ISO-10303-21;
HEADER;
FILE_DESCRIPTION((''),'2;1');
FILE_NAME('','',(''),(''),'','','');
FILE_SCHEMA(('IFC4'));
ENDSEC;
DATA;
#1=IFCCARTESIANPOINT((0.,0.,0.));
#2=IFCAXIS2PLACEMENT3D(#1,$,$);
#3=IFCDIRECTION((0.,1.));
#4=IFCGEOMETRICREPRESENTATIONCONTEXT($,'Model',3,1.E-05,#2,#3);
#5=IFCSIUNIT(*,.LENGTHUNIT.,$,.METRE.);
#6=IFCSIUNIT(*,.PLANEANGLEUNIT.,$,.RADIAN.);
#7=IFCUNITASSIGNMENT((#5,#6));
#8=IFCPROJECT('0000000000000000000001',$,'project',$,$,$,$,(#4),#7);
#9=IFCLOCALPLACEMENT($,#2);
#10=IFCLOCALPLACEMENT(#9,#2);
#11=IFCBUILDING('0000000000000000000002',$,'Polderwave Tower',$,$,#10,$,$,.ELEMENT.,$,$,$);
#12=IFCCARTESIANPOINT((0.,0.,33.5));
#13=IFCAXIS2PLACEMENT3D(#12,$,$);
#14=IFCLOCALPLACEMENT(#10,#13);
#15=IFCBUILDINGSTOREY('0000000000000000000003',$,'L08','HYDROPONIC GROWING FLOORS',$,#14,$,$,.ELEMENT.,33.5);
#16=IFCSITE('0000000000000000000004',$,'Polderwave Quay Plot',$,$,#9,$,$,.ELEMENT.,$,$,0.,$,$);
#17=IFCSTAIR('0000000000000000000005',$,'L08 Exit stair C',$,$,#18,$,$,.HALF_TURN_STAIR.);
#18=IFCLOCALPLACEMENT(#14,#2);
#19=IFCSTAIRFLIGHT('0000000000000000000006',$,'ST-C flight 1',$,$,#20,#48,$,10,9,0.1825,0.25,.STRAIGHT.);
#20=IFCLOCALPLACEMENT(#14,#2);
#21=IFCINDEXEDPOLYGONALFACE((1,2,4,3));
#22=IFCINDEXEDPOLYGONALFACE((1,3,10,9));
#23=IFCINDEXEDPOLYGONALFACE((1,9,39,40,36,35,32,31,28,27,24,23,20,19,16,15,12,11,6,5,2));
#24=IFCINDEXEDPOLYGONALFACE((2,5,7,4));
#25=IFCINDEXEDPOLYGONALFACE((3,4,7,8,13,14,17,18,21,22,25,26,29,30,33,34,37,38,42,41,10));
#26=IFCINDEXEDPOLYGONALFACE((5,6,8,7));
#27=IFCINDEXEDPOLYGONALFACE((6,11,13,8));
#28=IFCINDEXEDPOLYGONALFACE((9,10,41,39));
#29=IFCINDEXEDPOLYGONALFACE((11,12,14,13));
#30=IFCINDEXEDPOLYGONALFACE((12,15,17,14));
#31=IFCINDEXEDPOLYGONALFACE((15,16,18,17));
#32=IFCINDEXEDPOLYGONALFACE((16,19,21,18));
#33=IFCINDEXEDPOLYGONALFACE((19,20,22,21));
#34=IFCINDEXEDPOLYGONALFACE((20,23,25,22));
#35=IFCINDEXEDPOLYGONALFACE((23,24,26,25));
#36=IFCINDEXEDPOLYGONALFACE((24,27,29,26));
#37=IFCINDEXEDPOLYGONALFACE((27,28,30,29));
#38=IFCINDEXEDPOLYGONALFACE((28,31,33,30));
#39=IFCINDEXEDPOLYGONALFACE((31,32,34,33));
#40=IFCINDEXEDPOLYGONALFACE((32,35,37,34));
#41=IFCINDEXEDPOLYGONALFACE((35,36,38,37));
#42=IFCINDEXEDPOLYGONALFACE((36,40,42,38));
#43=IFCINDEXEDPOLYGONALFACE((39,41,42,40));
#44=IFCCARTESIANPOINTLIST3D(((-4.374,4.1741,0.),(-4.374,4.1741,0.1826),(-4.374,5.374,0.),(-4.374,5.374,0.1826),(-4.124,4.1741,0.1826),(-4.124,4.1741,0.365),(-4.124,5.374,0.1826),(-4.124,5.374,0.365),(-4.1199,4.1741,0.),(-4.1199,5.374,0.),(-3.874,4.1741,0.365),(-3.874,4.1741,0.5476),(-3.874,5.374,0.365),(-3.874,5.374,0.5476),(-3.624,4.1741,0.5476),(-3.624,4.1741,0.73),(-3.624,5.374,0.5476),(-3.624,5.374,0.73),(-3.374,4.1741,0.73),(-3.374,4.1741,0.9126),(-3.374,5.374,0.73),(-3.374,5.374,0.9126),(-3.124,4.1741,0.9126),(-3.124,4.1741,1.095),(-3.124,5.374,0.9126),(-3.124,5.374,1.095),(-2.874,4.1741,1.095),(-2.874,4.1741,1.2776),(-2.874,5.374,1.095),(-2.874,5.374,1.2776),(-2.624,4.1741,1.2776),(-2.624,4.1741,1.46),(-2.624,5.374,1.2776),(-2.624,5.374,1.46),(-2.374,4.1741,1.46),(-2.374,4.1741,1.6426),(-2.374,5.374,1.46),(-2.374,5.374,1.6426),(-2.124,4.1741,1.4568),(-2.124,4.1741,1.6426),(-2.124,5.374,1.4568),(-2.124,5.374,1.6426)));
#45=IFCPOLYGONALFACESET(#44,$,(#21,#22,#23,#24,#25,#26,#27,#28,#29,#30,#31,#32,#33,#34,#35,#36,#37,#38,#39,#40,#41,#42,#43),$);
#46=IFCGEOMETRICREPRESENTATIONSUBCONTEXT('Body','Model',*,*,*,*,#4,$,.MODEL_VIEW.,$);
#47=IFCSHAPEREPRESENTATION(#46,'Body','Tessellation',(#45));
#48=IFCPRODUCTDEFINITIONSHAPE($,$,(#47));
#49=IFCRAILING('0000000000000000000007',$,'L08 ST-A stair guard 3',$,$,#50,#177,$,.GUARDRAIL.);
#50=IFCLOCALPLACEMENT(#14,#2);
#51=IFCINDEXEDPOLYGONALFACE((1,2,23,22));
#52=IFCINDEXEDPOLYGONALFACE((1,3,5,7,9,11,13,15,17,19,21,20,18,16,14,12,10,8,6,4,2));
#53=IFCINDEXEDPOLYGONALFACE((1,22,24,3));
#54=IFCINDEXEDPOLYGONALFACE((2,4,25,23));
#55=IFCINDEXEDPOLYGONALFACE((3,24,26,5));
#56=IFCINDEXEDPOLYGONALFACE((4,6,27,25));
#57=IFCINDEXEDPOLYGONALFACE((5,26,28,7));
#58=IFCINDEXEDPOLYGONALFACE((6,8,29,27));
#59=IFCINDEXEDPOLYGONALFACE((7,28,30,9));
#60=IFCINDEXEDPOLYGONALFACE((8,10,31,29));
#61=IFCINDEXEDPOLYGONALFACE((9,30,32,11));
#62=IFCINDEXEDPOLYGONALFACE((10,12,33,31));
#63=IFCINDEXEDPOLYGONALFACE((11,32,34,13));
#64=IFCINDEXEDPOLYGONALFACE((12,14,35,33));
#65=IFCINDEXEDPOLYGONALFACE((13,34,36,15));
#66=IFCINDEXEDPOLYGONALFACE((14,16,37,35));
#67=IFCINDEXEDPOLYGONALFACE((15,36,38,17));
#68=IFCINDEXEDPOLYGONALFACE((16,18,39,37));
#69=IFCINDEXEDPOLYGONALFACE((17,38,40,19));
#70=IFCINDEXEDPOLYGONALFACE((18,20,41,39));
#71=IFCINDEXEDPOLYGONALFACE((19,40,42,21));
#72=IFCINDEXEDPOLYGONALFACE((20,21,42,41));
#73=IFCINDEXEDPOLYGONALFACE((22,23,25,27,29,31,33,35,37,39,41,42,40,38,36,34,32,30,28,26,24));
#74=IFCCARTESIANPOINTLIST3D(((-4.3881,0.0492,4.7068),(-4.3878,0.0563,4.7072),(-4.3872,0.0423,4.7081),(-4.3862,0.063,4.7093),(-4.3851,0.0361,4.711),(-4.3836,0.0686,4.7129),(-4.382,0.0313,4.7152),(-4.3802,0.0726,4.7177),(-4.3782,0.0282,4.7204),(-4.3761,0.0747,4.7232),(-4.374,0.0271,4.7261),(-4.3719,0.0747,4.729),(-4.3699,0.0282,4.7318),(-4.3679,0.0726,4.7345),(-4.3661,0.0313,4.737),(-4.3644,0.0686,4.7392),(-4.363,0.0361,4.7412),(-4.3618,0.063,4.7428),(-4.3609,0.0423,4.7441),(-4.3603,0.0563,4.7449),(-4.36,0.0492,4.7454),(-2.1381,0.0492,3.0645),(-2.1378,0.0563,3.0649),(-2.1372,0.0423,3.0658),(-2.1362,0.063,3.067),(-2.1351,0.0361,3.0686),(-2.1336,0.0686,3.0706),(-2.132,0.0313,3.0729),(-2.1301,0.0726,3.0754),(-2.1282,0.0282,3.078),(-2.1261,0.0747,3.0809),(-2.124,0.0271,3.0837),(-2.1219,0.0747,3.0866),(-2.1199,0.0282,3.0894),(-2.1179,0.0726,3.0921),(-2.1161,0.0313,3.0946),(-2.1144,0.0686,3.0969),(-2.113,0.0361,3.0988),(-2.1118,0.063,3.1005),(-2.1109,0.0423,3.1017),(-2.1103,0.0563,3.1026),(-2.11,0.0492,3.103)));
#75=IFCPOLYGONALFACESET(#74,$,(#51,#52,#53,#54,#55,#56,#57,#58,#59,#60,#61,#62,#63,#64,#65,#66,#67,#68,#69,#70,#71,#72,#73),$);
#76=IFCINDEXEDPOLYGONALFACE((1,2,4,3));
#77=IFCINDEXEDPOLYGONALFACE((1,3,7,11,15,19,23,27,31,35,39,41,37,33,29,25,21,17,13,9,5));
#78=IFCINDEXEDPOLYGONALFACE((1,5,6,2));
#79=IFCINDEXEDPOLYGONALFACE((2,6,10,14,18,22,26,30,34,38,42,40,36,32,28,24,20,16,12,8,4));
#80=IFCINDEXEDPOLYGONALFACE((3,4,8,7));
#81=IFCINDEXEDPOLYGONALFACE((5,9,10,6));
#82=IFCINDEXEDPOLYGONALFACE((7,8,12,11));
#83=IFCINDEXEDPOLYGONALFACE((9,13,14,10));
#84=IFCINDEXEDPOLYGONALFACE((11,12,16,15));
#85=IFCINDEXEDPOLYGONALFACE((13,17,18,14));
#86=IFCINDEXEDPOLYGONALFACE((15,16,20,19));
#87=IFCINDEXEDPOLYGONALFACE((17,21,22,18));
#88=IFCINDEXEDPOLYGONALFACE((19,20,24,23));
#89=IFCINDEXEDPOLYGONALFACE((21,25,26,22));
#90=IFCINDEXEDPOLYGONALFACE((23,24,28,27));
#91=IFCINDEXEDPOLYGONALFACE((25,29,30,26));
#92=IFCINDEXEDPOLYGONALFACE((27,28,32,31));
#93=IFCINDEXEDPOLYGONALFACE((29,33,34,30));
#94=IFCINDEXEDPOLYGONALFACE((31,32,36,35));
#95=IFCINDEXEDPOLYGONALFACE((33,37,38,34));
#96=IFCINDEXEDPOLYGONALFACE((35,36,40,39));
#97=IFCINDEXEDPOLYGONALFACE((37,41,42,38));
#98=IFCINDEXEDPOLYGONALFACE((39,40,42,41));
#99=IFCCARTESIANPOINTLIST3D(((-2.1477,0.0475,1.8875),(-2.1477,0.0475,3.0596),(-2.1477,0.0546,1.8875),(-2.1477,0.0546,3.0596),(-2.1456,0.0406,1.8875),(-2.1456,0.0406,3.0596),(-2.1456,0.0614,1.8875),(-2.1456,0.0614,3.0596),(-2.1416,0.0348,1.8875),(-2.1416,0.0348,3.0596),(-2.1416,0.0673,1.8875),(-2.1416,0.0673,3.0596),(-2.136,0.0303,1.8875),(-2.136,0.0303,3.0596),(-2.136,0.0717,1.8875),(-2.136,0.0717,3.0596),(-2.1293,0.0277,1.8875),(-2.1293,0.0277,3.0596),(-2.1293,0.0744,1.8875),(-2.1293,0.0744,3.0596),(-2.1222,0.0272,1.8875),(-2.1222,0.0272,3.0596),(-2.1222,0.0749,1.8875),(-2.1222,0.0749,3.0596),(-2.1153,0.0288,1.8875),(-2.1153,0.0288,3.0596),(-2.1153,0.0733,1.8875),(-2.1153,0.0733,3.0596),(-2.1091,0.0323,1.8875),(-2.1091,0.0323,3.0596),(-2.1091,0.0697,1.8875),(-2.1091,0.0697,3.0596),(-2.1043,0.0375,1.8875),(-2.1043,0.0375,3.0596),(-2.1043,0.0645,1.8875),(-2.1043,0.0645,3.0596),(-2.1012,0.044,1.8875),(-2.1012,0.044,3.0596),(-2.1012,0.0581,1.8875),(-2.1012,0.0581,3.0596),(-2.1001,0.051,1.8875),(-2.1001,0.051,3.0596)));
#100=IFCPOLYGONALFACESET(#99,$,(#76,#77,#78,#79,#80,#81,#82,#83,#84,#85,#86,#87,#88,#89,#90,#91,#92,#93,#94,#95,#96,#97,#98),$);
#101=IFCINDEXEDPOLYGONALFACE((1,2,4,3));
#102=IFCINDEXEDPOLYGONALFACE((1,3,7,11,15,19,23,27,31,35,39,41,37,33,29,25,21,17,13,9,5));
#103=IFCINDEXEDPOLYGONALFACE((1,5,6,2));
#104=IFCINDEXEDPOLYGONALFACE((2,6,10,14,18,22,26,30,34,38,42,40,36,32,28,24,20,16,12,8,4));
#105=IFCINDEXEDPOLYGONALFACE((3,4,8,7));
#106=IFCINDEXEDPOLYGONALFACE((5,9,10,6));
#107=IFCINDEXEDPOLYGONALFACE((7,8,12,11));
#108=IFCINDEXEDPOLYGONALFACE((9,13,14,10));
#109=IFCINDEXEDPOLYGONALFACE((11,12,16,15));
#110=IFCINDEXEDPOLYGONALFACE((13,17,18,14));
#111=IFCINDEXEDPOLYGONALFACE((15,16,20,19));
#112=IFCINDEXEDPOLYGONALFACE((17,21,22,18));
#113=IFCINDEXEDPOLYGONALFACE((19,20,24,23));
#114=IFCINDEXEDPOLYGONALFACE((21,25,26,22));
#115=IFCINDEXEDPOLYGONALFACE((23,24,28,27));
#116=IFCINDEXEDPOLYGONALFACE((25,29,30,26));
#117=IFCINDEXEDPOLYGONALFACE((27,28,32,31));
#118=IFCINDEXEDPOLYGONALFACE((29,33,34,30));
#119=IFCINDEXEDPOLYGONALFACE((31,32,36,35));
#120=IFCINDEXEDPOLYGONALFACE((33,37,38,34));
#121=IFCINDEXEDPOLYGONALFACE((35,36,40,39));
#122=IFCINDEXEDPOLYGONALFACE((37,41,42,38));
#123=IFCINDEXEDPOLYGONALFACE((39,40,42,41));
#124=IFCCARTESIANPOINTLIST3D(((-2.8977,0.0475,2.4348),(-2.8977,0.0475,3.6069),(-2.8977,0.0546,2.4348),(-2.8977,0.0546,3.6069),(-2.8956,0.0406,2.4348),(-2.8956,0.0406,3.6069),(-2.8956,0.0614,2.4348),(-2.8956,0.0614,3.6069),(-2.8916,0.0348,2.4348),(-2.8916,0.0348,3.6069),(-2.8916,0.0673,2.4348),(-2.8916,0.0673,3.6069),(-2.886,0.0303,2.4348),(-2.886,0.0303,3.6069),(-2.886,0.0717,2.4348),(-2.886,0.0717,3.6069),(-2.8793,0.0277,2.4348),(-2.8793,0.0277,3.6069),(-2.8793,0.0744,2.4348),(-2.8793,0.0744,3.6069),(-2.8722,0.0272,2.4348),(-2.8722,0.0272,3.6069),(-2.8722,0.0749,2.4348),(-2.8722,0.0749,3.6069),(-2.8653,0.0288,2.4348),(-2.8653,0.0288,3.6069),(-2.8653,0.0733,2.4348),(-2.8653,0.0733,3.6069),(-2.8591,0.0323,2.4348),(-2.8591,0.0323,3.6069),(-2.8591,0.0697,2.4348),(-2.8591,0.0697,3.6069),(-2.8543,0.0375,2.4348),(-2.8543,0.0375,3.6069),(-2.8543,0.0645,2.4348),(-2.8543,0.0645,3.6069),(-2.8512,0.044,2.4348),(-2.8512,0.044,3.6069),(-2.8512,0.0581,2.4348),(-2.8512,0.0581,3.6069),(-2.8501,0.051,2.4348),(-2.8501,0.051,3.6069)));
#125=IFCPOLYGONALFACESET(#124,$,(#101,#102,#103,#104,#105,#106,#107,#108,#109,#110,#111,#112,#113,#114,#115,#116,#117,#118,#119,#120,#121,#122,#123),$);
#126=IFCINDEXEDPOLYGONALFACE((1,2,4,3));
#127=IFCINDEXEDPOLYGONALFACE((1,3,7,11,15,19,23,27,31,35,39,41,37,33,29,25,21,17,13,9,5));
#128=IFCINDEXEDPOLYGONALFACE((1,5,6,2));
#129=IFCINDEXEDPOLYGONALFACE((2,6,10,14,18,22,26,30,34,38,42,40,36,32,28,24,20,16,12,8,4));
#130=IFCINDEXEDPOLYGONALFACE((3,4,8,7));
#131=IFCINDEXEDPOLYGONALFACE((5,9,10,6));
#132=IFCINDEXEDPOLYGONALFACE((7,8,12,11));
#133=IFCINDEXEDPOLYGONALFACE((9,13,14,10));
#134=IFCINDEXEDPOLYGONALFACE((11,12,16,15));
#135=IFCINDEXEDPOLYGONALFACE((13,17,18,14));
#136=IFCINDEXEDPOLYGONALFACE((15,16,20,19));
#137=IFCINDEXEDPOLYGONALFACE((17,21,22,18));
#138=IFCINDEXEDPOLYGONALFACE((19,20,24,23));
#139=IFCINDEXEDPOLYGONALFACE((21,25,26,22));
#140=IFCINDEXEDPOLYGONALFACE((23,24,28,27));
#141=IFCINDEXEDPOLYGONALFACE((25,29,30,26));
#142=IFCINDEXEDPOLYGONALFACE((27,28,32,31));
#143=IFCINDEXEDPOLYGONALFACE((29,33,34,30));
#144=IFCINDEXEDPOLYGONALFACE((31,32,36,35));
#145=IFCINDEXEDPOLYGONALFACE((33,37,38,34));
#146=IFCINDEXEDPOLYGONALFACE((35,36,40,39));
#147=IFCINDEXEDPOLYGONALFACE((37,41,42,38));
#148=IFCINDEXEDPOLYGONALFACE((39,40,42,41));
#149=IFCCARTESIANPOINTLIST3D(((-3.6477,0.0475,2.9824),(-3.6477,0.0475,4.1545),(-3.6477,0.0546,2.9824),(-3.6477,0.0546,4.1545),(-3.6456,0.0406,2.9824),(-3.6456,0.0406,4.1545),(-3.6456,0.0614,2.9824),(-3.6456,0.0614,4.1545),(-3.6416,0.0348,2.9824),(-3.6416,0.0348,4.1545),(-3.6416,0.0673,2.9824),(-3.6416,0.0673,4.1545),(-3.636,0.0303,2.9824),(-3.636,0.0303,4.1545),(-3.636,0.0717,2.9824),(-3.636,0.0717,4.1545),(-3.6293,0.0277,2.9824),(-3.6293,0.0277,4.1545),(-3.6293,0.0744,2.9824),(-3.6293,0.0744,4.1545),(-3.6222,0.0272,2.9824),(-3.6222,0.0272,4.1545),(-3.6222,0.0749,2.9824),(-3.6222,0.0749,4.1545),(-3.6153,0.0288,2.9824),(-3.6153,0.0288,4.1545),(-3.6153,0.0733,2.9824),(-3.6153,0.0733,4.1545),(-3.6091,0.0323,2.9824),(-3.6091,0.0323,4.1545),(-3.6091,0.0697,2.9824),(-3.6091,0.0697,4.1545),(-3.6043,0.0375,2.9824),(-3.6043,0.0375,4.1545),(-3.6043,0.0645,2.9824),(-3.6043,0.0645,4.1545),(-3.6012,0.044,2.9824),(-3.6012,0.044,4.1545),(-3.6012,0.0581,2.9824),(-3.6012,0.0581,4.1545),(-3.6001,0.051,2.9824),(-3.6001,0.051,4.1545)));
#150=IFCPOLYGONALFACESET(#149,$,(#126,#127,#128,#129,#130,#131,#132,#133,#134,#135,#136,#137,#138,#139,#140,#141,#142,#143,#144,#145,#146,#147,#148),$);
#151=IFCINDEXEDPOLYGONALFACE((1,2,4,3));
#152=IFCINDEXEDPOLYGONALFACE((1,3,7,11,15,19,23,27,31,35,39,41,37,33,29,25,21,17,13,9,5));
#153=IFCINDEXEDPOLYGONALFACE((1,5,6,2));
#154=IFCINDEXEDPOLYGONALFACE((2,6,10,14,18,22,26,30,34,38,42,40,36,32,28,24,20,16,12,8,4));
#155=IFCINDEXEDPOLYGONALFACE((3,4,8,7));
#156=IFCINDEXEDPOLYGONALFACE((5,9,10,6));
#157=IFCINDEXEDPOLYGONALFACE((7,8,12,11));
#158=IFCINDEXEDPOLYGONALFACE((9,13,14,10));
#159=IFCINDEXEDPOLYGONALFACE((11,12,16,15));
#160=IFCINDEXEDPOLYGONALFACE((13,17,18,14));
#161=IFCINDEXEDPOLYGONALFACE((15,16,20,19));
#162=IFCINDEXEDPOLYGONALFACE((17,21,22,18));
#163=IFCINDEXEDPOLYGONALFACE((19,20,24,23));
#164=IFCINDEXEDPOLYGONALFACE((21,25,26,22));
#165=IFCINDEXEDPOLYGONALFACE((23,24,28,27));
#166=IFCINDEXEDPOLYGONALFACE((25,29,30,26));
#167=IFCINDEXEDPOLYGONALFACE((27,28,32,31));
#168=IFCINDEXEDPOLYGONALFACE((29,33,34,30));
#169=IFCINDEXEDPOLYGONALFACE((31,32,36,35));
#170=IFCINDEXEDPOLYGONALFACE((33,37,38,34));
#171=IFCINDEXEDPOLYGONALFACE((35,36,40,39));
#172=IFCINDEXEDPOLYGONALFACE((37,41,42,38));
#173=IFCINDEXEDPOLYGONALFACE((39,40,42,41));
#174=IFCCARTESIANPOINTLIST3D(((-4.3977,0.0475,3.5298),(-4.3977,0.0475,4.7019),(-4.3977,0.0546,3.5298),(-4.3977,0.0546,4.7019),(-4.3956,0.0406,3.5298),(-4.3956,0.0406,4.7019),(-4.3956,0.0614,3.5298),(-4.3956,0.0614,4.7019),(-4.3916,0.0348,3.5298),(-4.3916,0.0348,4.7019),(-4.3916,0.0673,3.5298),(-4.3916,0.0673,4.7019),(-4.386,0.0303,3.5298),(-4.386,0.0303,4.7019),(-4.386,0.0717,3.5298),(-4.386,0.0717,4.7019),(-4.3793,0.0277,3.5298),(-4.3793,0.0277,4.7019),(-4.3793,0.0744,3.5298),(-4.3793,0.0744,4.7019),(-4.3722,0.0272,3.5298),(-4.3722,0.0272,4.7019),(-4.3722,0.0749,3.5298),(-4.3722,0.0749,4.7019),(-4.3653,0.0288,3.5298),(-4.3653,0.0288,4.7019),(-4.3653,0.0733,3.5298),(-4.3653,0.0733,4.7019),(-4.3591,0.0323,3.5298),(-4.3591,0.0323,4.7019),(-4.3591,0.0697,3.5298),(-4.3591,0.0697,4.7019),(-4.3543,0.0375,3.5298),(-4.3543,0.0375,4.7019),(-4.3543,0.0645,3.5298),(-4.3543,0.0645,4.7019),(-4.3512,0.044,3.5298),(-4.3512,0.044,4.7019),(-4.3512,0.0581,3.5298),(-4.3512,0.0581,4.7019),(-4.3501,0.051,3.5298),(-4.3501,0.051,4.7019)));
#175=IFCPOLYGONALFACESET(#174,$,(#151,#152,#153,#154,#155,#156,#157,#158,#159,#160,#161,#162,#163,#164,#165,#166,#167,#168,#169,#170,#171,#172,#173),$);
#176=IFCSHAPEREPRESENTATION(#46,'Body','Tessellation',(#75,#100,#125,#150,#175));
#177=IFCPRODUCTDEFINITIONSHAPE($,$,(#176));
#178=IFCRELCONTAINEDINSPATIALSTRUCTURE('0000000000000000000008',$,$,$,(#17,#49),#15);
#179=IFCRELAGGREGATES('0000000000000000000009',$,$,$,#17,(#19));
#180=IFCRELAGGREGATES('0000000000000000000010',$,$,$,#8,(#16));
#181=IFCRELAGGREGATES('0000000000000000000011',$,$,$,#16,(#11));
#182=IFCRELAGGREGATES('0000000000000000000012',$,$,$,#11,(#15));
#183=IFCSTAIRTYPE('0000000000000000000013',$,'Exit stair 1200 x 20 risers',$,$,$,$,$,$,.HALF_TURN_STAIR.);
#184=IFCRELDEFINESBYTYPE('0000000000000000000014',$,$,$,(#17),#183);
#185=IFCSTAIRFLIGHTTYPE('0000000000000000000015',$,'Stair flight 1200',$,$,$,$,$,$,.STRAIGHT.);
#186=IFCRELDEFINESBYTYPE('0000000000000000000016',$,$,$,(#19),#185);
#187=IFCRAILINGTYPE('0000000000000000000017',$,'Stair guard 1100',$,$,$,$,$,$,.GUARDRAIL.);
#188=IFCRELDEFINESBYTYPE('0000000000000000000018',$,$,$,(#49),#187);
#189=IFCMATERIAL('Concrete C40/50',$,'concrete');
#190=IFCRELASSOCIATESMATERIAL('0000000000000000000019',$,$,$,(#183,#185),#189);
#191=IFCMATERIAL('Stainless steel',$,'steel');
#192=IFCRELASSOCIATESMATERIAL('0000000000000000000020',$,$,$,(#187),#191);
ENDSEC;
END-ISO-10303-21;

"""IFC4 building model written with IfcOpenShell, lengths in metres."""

from ifc_helpers import new_model, si_unit, direction, frame, origin, origin_2d, place, context, subcontext, project, spatial, polyline, circle, outline, extrude, material, type_object, element, aggregate, save


model = new_model("IFC4")

# Units and contexts
model_context = context("Model", 3, precision=1e-05, world=origin(), true_north=direction((0.0, 1.0)))
body_context = subcontext(model_context, "Body", "Model", "MODEL_VIEW")
ifc_project = project(units=[si_unit("LENGTHUNIT", "METRE"), si_unit("PLANEANGLEUNIT", "RADIAN")], contexts=[model_context])

# Site, building, storey
site_placement = place(None, origin())
site = spatial("IfcSite", under=ifc_project, at=site_placement, Name="Polderwave Quay Plot", CompositionType="ELEMENT", RefElevation=0.0)
building_placement = place(site_placement, origin())
building = spatial("IfcBuilding", under=site, at=building_placement, Name="Polderwave Tower", CompositionType="ELEMENT")
storey_placement = place(building_placement, frame((0.0, 0.0, 33.5)))
storey = spatial("IfcBuildingStorey", under=building, at=storey_placement, Name="L08", Description="HYDROPONIC GROWING FLOORS", CompositionType="ELEMENT", Elevation=33.5)

# Shared definitions
ifc_material_1 = material(Name="Concrete C40/50", Category="concrete")

# Stair
stair_type = type_object("IfcStairType", Name="Exit stair 1200 x 20 risers", PredefinedType="HALF_TURN_STAIR", material=ifc_material_1)
stair_1_placement = place(storey_placement, origin())
stair_1 = element("IfcStair", 1, at=stair_1_placement, inside=storey, type_object=stair_type, Name="L08 Exit stair C", PredefinedType="HALF_TURN_STAIR")

# Stair flight
stair_flight_type = type_object("IfcStairFlightType", Name="Stair flight 1200", PredefinedType="STRAIGHT", material=ifc_material_1)
stair_flight_1_placement = place(storey_placement, frame((-4.374, 4.7739, 0.0), z_axis=(0.0, 0.0, 1.0), x_axis=(1.0, 0.0, 0.0)))
stair_flight_1 = element("IfcStairFlight", 2, at=stair_flight_1_placement, type_object=stair_flight_type, Name="ST-C flight 1", NumberOfRisers=10, NumberOfTreads=9, PredefinedType="STRAIGHT", RiserHeight=0.1825, TreadLength=0.25, context=body_context, shape_type="SweptSolid", body=[
    extrude(outline(polyline([(0.0, 0.0), (0.0, 0.1826), (0.25, 0.1826), (0.25, 0.365), (0.5, 0.365), (0.5, 0.5476), (0.75, 0.5476), (0.75, 0.73), (1.0, 0.73), (1.0, 0.9126), (1.25, 0.9126), (1.25, 1.095), (1.5, 1.095), (1.5, 1.2776), (1.75, 1.2776), (1.75, 1.46), (2.0, 1.46), (2.0, 1.6426), (2.25, 1.6426), (2.25, 1.825), (2.25, 1.4568), (0.2542, 0.0), (0.0, 0.0)])), frame((0.0, 0.6001, 0.0), z_axis=(0.0, -1.0, 0.0), x_axis=(1.0, 0.0, 0.0)), (0.0, 0.0, 1.0), 1.2),
])
aggregate(stair_1, [stair_flight_1])

# Railing
ifc_material_2 = material(Name="Stainless steel", Category="steel")
railing_type_1 = type_object("IfcRailingType", Name="Stair guard 1100", PredefinedType="GUARDRAIL", material=ifc_material_2)
railing_1_placement = place(storey_placement, frame((-2.124, 0.051, 1.8875)))
element("IfcRailing", 3, at=railing_1_placement, inside=storey, type_object=railing_type_1, Name="L08 ST-A stair guard 3", PredefinedType="GUARDRAIL", context=body_context, shape_type="SweptSolid", body=[
    extrude(circle(Radius=0.0239, at=origin_2d()), frame((0.0, 0.0, 1.1963), z_axis=(-0.807715, 0.0, 0.589573), x_axis=(0.0, -1.0, 0.0)), (0.0, 0.0, 1.0), 2.7856),
    extrude(circle(Radius=0.0239, at=origin_2d()), origin(), (0.0, 0.0, 1.0), 1.1721),
    extrude(circle(Radius=0.0239, at=origin_2d()), frame((-0.75, 0.0, 0.5474)), (0.0, 0.0, 1.0), 1.1721),
    extrude(circle(Radius=0.0239, at=origin_2d()), frame((-1.5, 0.0, 1.095)), (0.0, 0.0, 1.0), 1.1721),
    extrude(circle(Radius=0.0239, at=origin_2d()), frame((-2.25, 0.0, 1.6423)), (0.0, 0.0, 1.0), 1.1721),
])

save(model, "model.ifc")
